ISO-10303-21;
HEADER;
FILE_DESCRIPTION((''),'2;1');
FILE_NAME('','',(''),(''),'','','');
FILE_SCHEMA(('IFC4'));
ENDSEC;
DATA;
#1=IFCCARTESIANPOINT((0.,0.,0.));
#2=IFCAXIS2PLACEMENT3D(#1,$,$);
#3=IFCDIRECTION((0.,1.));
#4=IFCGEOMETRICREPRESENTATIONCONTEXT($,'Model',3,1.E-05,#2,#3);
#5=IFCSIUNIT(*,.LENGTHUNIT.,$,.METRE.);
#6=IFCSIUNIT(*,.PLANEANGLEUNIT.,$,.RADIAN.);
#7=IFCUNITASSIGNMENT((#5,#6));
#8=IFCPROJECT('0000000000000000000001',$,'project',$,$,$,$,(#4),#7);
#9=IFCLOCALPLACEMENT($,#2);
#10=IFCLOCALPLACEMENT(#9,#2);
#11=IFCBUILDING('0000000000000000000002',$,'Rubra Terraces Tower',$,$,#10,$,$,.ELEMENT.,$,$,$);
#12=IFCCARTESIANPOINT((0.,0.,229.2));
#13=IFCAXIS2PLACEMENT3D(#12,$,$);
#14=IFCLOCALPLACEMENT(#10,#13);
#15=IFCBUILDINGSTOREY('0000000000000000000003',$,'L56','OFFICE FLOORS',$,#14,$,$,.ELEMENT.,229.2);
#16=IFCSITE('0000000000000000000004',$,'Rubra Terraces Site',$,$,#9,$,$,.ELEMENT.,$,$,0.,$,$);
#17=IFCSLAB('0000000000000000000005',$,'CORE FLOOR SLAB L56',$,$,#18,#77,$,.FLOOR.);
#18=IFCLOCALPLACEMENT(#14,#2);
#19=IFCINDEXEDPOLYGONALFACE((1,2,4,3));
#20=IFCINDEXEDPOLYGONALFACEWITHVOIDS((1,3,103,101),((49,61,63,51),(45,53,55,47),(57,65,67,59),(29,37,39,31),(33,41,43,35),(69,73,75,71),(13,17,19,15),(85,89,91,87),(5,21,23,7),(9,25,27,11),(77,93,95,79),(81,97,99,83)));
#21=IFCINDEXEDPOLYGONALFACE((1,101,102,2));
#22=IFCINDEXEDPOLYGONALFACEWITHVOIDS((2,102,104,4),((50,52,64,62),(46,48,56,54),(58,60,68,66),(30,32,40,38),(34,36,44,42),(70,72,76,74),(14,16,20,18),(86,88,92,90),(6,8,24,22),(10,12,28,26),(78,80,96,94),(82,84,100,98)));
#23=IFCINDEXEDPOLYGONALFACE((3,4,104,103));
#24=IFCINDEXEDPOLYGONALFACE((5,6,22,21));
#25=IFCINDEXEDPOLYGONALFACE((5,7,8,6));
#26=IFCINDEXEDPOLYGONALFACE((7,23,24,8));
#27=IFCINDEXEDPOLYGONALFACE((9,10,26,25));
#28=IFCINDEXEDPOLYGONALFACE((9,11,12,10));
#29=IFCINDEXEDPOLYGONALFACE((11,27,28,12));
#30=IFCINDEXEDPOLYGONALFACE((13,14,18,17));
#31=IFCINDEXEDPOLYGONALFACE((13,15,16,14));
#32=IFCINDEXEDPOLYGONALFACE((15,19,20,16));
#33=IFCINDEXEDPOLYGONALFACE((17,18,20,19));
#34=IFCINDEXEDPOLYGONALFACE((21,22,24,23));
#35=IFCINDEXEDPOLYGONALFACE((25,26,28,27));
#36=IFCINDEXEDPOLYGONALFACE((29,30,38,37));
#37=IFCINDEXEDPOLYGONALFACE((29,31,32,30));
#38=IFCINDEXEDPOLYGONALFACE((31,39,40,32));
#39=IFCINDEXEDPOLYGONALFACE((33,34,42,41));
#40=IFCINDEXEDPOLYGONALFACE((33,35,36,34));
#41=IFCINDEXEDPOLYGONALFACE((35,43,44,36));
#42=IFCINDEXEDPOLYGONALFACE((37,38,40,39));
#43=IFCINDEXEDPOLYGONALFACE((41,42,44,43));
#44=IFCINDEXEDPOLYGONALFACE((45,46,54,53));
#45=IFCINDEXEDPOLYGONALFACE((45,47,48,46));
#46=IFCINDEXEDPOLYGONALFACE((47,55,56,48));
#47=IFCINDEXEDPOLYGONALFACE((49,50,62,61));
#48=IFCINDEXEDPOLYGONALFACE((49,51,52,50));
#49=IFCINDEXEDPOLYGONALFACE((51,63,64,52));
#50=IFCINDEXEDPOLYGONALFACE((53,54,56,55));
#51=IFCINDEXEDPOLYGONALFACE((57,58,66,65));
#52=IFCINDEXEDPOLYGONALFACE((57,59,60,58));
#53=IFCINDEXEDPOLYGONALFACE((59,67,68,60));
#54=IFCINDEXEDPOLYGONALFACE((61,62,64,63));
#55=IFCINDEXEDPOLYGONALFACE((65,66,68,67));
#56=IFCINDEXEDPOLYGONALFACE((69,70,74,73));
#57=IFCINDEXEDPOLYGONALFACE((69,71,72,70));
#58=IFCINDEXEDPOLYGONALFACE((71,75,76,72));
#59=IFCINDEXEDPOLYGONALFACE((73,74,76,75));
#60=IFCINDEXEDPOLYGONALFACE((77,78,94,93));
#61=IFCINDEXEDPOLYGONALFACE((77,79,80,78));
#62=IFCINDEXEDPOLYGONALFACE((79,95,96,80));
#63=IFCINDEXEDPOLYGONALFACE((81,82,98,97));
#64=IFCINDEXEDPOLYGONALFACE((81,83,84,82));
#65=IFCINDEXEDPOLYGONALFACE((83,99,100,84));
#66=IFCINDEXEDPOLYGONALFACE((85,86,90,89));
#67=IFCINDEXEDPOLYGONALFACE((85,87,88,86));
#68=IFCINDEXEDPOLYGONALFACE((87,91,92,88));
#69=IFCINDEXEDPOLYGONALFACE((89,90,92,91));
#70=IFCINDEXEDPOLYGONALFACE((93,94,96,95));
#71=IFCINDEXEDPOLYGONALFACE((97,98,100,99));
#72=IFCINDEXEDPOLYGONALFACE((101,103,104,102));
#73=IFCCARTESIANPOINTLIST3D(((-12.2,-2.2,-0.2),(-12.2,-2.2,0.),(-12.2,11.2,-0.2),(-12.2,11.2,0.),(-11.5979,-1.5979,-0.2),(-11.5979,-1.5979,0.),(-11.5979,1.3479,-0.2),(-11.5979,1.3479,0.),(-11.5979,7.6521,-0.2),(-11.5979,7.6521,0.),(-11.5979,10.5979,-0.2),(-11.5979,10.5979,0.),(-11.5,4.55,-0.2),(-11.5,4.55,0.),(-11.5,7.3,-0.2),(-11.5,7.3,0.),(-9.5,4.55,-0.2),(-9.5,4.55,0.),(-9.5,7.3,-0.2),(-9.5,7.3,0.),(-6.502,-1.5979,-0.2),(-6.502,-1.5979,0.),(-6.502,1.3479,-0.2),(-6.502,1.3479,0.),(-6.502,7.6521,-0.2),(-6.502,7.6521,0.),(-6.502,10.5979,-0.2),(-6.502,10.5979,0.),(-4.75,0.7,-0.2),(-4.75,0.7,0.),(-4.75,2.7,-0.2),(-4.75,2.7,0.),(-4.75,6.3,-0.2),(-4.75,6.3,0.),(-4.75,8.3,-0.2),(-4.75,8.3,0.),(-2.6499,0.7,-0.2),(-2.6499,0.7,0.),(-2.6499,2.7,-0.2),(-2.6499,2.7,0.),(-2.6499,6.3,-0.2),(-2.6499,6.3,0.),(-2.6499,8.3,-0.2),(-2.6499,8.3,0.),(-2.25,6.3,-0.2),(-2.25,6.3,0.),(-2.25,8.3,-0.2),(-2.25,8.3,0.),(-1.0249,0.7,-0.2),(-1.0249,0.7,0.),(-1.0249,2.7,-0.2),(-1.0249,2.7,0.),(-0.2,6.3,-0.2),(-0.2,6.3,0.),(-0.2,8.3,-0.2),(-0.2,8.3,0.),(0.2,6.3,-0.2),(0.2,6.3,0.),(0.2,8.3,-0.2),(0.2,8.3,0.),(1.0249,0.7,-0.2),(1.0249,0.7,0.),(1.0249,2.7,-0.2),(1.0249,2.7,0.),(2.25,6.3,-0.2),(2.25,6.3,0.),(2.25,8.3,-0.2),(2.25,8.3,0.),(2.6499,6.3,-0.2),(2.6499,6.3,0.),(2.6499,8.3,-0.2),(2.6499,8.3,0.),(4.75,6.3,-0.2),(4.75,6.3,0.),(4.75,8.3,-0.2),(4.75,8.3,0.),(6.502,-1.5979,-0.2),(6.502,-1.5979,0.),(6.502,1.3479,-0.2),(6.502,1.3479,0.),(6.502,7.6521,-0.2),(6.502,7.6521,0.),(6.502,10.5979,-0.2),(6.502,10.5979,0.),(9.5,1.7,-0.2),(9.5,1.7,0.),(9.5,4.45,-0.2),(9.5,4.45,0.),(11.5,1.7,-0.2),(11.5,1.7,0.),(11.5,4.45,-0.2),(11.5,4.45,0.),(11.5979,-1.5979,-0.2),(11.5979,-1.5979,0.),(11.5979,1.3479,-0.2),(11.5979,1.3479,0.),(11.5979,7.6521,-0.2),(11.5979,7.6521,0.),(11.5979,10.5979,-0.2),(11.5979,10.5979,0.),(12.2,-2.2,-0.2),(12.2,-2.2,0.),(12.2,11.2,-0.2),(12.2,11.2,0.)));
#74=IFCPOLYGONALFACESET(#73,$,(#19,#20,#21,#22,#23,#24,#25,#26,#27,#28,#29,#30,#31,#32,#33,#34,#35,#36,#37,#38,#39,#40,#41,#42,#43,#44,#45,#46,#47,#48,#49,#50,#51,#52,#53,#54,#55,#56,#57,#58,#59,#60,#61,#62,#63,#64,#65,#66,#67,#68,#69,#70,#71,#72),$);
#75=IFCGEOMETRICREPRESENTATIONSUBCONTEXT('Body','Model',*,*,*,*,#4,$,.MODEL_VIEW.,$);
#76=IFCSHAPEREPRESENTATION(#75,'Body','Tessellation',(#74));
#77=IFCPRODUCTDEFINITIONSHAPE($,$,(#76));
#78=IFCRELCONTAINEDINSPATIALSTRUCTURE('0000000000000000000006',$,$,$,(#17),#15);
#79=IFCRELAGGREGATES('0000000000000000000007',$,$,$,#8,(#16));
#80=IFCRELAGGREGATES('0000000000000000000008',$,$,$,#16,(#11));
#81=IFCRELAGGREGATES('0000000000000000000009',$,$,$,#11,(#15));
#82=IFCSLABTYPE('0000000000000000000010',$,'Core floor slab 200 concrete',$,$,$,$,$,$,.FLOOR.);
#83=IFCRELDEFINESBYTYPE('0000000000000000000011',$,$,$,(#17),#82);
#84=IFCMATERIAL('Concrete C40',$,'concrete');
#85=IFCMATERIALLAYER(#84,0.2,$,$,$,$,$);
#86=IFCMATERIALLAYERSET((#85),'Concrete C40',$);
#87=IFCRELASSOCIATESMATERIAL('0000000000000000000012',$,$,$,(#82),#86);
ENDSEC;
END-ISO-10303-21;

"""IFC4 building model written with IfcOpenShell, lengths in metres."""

from ifc_helpers import new_model, si_unit, direction, frame, origin, place, context, subcontext, project, spatial, polyline, outline, extrude, material, layer, layer_set, type_object, element, save


model = new_model("IFC4")

# Units and contexts
model_context = context("Model", 3, precision=1e-05, world=origin(), true_north=direction((0.0, 1.0)))
body_context = subcontext(model_context, "Body", "Model", "MODEL_VIEW")
ifc_project = project(units=[si_unit("LENGTHUNIT", "METRE"), si_unit("PLANEANGLEUNIT", "RADIAN")], contexts=[model_context])

# Site, building, storey
site_placement = place(None, origin())
site = spatial("IfcSite", under=ifc_project, at=site_placement, Name="Rubra Terraces Site", CompositionType="ELEMENT", RefElevation=0.0)
building_placement = place(site_placement, origin())
building = spatial("IfcBuilding", under=site, at=building_placement, Name="Rubra Terraces Tower", CompositionType="ELEMENT")
storey_placement = place(building_placement, frame((0.0, 0.0, 229.2)))
storey = spatial("IfcBuildingStorey", under=building, at=storey_placement, Name="L56", Description="OFFICE FLOORS", CompositionType="ELEMENT", Elevation=229.2)

# Slab
ifc_material_1 = material(Name="Concrete C40", Category="concrete")
ifc_layer_1 = layer(ifc_material_1, 0.2)
ifc_layer_set_1 = layer_set([ifc_layer_1], Name="Concrete C40")
slab_type_1 = type_object("IfcSlabType", Name="Core floor slab 200 concrete", PredefinedType="FLOOR", material=ifc_layer_set_1)
slab_1_placement = place(storey_placement, frame((0.0, 0.0, -0.2)))
element("IfcSlab", 1, at=slab_1_placement, inside=storey, type_object=slab_type_1, Name="CORE FLOOR SLAB L56", PredefinedType="FLOOR", context=body_context, shape_type="SweptSolid", body=[
    extrude(outline(polyline([(-12.2, -2.2), (-12.2, 11.2), (12.2, 11.2), (12.2, -2.2), (-12.2, -2.2)]), holes=[polyline([(11.5979, 1.3479), (6.502, 1.3479), (6.502, -1.5979), (11.5979, -1.5979), (11.5979, 1.3479)]), polyline([(11.5979, 7.6521), (11.5979, 10.5979), (6.502, 10.5979), (6.502, 7.6521), (11.5979, 7.6521)]), polyline([(9.5, 1.7), (11.5, 1.7), (11.5, 4.45), (9.5, 4.45), (9.5, 1.7)]), polyline([(4.75, 6.3), (4.75, 8.3), (2.6499, 8.3), (2.6499, 6.3), (4.75, 6.3)]), polyline([(2.25, 8.3), (0.2, 8.3), (0.2, 6.3), (2.25, 6.3), (2.25, 8.3)]), polyline([(1.0249, 0.7), (1.0249, 2.7), (-1.0249, 2.7), (-1.0249, 0.7), (1.0249, 0.7)]), polyline([(-0.2, 6.3), (-0.2, 8.3), (-2.25, 8.3), (-2.25, 6.3), (-0.2, 6.3)]), polyline([(-4.75, 8.3), (-4.75, 6.3), (-2.6499, 6.3), (-2.6499, 8.3), (-4.75, 8.3)]), polyline([(-2.6499, 0.7), (-2.6499, 2.7), (-4.75, 2.7), (-4.75, 0.7), (-2.6499, 0.7)]), polyline([(-11.5979, -1.5979), (-6.502, -1.5979), (-6.502, 1.3479), (-11.5979, 1.3479), (-11.5979, -1.5979)]), polyline([(-11.5979, 10.5979), (-11.5979, 7.6521), (-6.502, 7.6521), (-6.502, 10.5979), (-11.5979, 10.5979)]), polyline([(-9.5, 4.55), (-9.5, 7.3), (-11.5, 7.3), (-11.5, 4.55), (-9.5, 4.55)])]), origin(), (0.0, 0.0, 1.0), 0.2),
])

save(model, "model.ifc")
